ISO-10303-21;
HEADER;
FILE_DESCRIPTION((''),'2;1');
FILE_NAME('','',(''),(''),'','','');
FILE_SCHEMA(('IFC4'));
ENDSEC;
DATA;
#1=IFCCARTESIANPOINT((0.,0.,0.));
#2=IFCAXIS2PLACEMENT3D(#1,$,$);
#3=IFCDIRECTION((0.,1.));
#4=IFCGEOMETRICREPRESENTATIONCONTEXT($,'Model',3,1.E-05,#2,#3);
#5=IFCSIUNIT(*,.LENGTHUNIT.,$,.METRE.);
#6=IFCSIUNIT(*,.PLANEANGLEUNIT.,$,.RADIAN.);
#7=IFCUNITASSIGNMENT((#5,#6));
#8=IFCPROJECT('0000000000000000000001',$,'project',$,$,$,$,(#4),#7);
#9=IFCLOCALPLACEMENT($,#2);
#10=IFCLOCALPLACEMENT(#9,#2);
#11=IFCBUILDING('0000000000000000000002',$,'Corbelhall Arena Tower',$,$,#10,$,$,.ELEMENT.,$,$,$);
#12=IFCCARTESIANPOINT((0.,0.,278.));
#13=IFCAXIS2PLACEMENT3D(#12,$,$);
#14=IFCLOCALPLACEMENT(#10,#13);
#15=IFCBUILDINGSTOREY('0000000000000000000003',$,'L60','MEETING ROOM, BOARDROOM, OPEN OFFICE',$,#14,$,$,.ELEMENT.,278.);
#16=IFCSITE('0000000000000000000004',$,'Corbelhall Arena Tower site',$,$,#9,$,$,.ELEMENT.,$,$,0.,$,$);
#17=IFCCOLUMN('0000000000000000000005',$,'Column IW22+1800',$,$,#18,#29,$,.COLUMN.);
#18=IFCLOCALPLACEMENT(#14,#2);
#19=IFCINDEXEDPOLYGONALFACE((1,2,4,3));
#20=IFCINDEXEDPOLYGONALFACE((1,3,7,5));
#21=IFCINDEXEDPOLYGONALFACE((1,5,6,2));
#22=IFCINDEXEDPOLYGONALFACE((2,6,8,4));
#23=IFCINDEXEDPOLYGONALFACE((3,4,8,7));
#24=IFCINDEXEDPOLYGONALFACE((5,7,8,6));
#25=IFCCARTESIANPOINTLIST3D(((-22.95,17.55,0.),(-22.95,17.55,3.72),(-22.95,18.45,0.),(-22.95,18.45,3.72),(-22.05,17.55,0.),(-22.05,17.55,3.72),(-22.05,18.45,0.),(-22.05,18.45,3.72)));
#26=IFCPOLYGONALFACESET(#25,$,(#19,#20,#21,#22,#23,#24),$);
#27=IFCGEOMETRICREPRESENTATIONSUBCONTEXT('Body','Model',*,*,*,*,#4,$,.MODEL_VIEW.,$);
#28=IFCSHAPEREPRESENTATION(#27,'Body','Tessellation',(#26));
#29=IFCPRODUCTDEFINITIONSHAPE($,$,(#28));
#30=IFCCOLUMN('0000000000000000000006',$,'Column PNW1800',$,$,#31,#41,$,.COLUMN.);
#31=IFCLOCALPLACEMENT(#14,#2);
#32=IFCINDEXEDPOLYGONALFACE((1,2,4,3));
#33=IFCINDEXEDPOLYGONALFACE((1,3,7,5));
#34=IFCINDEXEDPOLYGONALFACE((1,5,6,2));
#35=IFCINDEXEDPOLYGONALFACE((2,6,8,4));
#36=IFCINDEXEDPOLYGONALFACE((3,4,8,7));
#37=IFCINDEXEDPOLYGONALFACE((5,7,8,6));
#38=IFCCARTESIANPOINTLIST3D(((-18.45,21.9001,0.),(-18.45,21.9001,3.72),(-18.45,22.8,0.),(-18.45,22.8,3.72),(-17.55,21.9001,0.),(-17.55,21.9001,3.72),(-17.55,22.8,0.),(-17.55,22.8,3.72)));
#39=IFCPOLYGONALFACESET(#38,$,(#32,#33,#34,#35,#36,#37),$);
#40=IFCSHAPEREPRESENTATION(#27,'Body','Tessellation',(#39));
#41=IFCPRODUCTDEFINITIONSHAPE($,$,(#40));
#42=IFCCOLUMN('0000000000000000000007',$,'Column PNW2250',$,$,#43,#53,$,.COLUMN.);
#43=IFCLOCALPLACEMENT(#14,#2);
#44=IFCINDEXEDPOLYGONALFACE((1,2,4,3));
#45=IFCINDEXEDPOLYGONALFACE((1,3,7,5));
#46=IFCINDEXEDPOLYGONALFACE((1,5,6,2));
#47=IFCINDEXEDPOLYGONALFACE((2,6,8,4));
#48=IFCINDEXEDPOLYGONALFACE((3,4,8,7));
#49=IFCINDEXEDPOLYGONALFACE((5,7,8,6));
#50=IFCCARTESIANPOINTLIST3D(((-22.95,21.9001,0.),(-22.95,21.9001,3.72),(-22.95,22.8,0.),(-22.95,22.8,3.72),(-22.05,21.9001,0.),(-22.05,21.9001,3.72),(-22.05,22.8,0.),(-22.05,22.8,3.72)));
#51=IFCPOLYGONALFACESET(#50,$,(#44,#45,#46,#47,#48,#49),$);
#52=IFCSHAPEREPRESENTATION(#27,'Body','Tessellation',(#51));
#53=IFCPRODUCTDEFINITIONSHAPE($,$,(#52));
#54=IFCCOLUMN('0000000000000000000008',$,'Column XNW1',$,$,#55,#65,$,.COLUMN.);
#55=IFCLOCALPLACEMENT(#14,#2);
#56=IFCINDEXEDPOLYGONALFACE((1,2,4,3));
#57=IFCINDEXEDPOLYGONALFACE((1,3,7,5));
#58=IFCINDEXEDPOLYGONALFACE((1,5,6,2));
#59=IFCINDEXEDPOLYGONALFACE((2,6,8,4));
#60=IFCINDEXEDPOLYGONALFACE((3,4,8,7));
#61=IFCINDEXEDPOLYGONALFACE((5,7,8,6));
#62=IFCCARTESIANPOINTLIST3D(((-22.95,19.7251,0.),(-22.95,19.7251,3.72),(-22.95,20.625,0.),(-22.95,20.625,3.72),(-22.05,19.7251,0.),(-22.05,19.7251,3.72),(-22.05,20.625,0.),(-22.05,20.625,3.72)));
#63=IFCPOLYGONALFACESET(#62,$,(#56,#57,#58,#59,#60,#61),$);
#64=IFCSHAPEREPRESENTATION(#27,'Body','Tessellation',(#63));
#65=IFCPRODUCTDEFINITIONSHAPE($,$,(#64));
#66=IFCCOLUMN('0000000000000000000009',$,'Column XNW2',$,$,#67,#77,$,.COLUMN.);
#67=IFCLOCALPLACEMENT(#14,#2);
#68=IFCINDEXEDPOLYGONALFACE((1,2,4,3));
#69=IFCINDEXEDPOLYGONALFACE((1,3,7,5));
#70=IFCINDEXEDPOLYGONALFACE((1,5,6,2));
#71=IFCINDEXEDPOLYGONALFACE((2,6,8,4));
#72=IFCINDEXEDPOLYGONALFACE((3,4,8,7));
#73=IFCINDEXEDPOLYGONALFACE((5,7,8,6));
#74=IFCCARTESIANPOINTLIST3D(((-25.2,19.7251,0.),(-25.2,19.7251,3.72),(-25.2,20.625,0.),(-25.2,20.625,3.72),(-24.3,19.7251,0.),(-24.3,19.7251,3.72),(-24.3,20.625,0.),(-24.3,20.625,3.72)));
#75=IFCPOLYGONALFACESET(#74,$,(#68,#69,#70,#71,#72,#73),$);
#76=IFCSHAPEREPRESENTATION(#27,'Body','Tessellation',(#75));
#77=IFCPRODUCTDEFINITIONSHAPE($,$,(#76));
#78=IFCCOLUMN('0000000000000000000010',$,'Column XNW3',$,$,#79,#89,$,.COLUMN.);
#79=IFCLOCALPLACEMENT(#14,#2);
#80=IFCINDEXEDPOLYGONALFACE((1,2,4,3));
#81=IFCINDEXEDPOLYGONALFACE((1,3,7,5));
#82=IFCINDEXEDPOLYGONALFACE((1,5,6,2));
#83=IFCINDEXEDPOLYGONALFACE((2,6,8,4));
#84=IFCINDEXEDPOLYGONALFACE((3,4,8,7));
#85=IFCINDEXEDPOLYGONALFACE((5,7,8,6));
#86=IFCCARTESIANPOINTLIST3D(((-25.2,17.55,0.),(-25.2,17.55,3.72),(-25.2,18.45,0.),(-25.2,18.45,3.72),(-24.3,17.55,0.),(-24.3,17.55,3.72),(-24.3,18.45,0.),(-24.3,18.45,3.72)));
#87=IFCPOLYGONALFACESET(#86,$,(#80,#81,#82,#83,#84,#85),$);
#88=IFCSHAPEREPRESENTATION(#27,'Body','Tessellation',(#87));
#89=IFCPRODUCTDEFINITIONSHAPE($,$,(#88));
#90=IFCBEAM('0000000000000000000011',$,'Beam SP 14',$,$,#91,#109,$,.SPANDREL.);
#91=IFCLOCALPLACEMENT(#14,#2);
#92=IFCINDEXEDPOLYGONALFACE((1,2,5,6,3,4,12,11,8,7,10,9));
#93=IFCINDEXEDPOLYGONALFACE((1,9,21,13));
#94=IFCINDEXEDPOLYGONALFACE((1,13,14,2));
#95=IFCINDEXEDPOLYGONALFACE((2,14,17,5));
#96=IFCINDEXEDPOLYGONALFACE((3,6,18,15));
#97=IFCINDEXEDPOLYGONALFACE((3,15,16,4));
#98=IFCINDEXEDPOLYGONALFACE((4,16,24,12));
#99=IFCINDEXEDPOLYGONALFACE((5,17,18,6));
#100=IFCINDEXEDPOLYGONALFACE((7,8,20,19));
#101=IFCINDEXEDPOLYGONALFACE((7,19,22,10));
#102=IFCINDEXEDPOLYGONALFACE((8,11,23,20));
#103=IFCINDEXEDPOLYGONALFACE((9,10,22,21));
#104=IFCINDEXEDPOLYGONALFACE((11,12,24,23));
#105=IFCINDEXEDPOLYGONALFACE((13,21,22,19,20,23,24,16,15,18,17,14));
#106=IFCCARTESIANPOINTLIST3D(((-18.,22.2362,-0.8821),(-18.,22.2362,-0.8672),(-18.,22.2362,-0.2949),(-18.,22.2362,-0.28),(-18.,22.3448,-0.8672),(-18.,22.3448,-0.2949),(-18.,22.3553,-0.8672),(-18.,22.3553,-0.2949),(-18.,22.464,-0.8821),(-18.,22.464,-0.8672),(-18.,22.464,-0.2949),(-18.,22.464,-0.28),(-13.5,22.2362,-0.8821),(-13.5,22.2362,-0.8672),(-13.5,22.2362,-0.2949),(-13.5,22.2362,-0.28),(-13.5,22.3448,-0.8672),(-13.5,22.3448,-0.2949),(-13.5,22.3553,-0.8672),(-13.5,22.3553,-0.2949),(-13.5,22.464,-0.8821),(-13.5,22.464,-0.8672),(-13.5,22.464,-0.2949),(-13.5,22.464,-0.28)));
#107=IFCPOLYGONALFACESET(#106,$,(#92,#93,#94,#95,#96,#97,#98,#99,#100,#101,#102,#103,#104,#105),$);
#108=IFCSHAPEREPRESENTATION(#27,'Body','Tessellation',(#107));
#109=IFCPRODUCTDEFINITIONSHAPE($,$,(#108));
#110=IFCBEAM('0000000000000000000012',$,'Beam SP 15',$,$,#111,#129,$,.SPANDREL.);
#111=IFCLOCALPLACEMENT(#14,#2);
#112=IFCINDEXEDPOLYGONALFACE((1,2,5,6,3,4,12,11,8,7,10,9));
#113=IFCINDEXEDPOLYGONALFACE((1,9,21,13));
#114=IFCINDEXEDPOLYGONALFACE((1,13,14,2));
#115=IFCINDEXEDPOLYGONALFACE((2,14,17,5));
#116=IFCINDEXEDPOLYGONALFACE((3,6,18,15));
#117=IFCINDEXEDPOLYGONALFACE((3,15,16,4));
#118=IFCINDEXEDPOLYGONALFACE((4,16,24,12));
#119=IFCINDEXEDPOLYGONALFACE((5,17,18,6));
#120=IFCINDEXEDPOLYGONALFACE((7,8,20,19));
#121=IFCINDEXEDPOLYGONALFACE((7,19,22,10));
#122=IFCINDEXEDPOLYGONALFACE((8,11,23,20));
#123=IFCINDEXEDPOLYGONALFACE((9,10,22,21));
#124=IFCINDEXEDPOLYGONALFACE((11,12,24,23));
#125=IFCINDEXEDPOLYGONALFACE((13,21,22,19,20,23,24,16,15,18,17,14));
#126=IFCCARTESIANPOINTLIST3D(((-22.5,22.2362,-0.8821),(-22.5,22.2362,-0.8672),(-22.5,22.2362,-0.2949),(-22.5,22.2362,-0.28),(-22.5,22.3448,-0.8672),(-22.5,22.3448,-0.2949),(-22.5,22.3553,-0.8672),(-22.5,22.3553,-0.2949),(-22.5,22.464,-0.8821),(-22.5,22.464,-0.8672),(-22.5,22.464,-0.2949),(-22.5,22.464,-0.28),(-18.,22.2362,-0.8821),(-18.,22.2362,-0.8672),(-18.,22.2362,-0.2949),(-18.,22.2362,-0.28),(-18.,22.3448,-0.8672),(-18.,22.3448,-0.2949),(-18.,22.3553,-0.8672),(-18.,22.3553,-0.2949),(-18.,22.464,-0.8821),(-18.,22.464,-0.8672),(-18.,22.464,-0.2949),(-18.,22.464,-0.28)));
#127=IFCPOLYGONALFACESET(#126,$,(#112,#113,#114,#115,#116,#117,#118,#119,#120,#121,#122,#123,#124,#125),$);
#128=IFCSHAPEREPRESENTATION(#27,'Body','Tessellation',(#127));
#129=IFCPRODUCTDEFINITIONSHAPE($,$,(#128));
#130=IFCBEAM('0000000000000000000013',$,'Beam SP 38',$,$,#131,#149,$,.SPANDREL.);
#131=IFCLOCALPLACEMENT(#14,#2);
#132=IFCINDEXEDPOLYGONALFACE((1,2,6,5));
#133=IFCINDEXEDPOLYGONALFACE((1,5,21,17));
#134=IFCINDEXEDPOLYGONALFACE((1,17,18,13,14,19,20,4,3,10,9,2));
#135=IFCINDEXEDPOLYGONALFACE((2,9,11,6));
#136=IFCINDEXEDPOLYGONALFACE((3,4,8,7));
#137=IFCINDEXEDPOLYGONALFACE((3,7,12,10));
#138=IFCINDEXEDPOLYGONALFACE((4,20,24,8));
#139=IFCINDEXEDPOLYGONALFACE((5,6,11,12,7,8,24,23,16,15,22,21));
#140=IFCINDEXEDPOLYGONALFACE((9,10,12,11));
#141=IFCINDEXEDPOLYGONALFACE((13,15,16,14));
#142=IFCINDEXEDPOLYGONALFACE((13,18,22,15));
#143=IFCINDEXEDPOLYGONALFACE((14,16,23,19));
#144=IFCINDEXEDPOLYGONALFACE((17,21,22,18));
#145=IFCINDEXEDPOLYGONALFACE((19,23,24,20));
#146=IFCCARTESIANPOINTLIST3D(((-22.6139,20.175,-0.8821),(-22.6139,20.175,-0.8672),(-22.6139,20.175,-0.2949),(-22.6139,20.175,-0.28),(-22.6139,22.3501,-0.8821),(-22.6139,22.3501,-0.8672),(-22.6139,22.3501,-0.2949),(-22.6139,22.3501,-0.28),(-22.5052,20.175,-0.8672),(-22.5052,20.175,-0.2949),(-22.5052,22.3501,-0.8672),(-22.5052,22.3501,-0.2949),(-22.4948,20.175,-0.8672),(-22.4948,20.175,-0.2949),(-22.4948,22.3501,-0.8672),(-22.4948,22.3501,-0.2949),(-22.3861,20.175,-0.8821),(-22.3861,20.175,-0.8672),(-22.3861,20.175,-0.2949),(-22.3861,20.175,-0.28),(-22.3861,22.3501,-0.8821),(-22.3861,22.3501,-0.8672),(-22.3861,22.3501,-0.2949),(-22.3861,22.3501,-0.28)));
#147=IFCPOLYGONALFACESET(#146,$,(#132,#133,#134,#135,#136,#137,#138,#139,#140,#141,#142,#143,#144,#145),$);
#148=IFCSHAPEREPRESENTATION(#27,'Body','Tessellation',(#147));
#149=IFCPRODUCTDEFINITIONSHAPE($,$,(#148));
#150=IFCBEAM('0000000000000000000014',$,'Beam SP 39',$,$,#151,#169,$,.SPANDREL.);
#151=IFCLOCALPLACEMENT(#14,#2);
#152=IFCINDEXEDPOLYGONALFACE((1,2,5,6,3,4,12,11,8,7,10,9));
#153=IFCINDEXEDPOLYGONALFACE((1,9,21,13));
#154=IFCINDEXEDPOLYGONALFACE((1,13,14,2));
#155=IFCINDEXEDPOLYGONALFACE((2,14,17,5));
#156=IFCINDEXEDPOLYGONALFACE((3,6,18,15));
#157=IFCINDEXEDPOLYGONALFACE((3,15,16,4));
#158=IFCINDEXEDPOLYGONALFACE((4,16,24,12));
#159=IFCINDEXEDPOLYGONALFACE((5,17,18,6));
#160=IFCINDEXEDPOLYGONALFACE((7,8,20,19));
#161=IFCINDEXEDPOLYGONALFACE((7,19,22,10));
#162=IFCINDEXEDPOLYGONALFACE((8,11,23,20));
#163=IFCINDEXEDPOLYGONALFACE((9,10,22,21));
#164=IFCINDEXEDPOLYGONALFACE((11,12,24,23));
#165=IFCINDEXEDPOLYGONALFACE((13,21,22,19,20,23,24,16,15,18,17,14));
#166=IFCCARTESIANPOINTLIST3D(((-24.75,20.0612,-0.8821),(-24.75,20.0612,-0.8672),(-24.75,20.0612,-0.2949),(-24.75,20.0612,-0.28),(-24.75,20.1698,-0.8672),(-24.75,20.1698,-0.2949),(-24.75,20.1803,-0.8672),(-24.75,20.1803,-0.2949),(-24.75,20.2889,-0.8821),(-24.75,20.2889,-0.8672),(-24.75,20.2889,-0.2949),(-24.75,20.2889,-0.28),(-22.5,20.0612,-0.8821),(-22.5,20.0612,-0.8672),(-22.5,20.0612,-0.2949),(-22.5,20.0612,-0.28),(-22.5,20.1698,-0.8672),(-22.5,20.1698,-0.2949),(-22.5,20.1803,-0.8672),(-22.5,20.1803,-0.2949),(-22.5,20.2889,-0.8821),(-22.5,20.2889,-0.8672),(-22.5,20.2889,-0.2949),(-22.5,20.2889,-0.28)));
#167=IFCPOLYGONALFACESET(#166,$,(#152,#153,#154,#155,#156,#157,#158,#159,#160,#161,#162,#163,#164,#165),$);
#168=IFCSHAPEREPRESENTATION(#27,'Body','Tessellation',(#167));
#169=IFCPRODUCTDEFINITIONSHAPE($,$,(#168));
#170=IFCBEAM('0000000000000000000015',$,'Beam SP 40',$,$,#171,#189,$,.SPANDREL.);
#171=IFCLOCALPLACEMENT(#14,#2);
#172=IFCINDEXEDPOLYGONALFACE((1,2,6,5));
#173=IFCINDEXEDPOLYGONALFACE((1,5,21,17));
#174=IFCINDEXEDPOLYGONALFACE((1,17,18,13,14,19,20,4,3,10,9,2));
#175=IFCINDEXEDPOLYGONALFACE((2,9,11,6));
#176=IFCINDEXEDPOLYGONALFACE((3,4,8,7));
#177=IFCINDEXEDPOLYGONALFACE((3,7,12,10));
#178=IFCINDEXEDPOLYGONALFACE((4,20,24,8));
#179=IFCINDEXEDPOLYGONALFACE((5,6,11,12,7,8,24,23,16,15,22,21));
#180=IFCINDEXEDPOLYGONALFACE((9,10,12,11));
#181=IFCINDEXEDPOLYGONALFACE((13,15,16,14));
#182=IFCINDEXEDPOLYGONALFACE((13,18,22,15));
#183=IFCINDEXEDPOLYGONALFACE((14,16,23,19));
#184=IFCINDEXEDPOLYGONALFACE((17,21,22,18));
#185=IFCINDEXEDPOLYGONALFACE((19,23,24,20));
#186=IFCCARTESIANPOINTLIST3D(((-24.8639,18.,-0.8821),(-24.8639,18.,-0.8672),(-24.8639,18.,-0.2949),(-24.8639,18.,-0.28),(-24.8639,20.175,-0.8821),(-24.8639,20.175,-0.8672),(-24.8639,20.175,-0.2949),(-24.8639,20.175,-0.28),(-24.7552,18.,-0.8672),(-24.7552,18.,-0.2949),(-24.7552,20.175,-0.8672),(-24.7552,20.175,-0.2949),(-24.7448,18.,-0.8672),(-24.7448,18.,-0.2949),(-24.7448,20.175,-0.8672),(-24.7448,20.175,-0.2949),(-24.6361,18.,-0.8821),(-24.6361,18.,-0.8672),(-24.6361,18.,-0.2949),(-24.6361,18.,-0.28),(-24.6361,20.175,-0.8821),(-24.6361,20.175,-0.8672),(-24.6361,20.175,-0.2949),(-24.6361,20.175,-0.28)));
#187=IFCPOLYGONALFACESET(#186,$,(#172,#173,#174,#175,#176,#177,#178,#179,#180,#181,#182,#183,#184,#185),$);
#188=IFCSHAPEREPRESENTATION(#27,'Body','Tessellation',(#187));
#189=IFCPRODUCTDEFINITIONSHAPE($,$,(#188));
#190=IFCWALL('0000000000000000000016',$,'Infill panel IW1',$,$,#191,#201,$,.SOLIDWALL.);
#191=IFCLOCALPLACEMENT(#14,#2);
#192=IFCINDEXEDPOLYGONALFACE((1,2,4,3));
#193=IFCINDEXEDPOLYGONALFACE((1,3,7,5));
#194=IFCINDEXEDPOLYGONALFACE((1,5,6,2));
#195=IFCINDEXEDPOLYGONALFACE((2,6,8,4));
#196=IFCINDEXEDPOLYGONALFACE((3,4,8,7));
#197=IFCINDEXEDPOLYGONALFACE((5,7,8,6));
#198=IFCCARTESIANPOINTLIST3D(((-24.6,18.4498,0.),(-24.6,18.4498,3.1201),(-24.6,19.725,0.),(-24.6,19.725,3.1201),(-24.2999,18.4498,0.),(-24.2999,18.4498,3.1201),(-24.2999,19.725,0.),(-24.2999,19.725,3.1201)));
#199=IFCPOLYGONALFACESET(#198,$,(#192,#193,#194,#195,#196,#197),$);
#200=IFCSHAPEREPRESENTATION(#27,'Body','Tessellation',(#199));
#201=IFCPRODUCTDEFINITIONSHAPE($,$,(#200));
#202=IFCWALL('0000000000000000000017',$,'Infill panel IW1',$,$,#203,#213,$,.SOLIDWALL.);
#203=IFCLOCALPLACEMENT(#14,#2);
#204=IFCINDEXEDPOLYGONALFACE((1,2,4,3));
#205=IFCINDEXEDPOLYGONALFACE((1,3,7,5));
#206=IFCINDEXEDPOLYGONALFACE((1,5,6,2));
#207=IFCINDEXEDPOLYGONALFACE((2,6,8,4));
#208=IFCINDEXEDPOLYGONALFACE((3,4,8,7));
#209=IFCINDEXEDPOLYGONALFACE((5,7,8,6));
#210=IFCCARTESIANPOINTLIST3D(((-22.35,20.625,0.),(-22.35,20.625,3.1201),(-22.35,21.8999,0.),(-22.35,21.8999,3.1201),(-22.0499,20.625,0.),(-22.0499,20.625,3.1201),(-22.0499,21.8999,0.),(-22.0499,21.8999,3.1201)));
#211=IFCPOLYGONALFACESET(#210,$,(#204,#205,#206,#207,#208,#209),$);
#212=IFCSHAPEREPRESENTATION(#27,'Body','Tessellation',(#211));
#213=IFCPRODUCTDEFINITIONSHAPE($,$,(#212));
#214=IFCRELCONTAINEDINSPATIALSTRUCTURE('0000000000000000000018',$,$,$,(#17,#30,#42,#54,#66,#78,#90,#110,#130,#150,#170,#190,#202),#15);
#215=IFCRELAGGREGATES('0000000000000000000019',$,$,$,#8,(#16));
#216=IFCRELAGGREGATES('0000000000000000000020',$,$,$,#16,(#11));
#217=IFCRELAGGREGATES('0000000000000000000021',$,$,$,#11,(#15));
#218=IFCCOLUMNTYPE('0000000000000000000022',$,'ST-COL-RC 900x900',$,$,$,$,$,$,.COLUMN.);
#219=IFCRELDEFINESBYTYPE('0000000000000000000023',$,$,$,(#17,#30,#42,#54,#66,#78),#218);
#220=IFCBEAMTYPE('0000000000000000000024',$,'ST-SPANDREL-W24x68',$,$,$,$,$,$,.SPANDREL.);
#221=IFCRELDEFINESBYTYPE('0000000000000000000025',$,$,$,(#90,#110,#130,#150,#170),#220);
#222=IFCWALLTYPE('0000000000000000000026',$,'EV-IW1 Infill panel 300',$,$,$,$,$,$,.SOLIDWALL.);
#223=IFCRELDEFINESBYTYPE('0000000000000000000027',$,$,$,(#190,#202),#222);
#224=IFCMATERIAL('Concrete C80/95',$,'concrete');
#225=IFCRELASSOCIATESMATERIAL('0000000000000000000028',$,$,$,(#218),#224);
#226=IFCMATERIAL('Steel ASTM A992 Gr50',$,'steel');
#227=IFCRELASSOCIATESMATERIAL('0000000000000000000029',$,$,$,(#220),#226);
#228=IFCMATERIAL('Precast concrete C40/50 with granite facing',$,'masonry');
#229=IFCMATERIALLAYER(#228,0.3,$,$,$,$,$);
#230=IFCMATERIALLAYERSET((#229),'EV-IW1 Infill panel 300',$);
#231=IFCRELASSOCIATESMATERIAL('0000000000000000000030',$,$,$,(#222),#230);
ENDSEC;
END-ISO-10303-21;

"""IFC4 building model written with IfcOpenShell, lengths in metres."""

from ifc_helpers import new_model, si_unit, direction, frame, frame_2d, origin, origin_2d, place, context, subcontext, project, spatial, rectangle, i_section, extrude, material, layer, layer_set, material_profile, profile_set, type_object, element, save


model = new_model("IFC4")

# Units and contexts
model_context = context("Model", 3, precision=1e-05, world=origin(), true_north=direction((0.0, 1.0)))
body_context = subcontext(model_context, "Body", "Model", "MODEL_VIEW")
ifc_project = project(units=[si_unit("LENGTHUNIT", "METRE"), si_unit("PLANEANGLEUNIT", "RADIAN")], contexts=[model_context])

# Site, building, storey
site_placement = place(None, origin())
site = spatial("IfcSite", under=ifc_project, at=site_placement, Name="Corbelhall Arena Tower site", CompositionType="ELEMENT", RefElevation=0.0)
building_placement = place(site_placement, origin())
building = spatial("IfcBuilding", under=site, at=building_placement, Name="Corbelhall Arena Tower", CompositionType="ELEMENT")
storey_placement = place(building_placement, frame((0.0, 0.0, 278.0)))
storey = spatial("IfcBuildingStorey", under=building, at=storey_placement, Name="L60", Description="MEETING ROOM, BOARDROOM, OPEN OFFICE", CompositionType="ELEMENT", Elevation=278.0)

# Columns
ifc_material_1 = material(Name="Concrete C80/95", Category="concrete")
ifc_material_profile_1 = material_profile(ifc_material_1, rectangle(XDim=0.8999, YDim=0.8999, at=origin_2d()))
ifc_profile_set_1 = profile_set([ifc_material_profile_1], Name="Concrete C80/95")
column_type = type_object("IfcColumnType", Name="ST-COL-RC 900x900", PredefinedType="COLUMN", material=ifc_profile_set_1)
for number, where, z_axis, x_axis, name in (
    (1, (-22.5, 18.0, 0.0), (0.0, 0.0, 1.0), (1.0, 0.0, 0.0), "Column IW22+1800"),
    (2, (-18.0, 22.3501, 0.0), (0.0, 0.0, 1.0), (1.0, 0.0, 0.0), "Column PNW1800"),
    (3, (-22.5, 22.3501, 0.0), (0.0, 0.0, 1.0), (1.0, 0.0, 0.0), "Column PNW2250"),
    (4, (-22.5, 20.175, 0.0), (0.0, 0.0, 1.0), (1.0, 0.0, 0.0), "Column XNW1"),
    (5, (-24.75, 20.175, 0.0), (0.0, 0.0, 1.0), (1.0, 0.0, 0.0), "Column XNW2"),
    (6, (-24.75, 18.0, 0.0), (0.0, 0.0, 1.0), (1.0, 0.0, 0.0), "Column XNW3"),
):
    element("IfcColumn", number, at=place(storey_placement, frame(where, z_axis=z_axis, x_axis=x_axis)), inside=storey, type_object=column_type, Name=name, PredefinedType="COLUMN", context=body_context, shape_type="SweptSolid", body=[
        extrude(rectangle(XDim=0.8999, YDim=0.8999, at=origin_2d()), origin(), (0.0, 0.0, 1.0), 3.72),
    ])

# Beams
ifc_material_2 = material(Name="Steel ASTM A992 Gr50", Category="steel")
ifc_material_profile_2 = material_profile(ifc_material_2, i_section(OverallWidth=0.2278, OverallDepth=0.6021, WebThickness=0.0105, FlangeThickness=0.0149, at=origin_2d()))
ifc_profile_set_2 = profile_set([ifc_material_profile_2], Name="Steel ASTM A992 Gr50")
beam_type = type_object("IfcBeamType", Name="ST-SPANDREL-W24x68", PredefinedType="SPANDREL", material=ifc_profile_set_2)
for number, where, z_axis, x_axis, name in (
    (7, (-18.0, 22.3501, -0.5811), (1.0, 0.0, 0.0), (0.0, 1.0, 0.0), "Beam SP 14"),
    (8, (-22.5, 22.3501, -0.5811), (1.0, 0.0, 0.0), (0.0, 1.0, 0.0), "Beam SP 15"),
):
    element("IfcBeam", number, at=place(storey_placement, frame(where, z_axis=z_axis, x_axis=x_axis)), inside=storey, type_object=beam_type, Name=name, PredefinedType="SPANDREL", context=body_context, shape_type="SweptSolid", body=[
        extrude(i_section(OverallWidth=0.2278, OverallDepth=0.6021, WebThickness=0.0105, FlangeThickness=0.0149, at=origin_2d()), origin(), (0.0, 0.0, 1.0), 4.5),
    ])
beam_1_placement = place(storey_placement, frame((-22.5, 20.175, -0.5811), z_axis=(0.0, 1.0, 0.0), x_axis=(-1.0, 0.0, 0.0)))
element("IfcBeam", 9, at=beam_1_placement, inside=storey, type_object=beam_type, Name="Beam SP 38", PredefinedType="SPANDREL", context=body_context, shape_type="SweptSolid", body=[
    extrude(i_section(OverallWidth=0.2278, OverallDepth=0.6021, WebThickness=0.0105, FlangeThickness=0.0149, at=origin_2d()), origin(), (0.0, 0.0, 1.0), 2.175),
])
beam_2_placement = place(storey_placement, frame((-24.75, 20.175, -0.5811), z_axis=(1.0, 0.0, 0.0), x_axis=(0.0, 1.0, 0.0)))
element("IfcBeam", 10, at=beam_2_placement, inside=storey, type_object=beam_type, Name="Beam SP 39", PredefinedType="SPANDREL", context=body_context, shape_type="SweptSolid", body=[
    extrude(i_section(OverallWidth=0.2278, OverallDepth=0.6021, WebThickness=0.0105, FlangeThickness=0.0149, at=origin_2d()), origin(), (0.0, 0.0, 1.0), 2.25),
])
beam_3_placement = place(storey_placement, frame((-24.75, 18.0, -0.5811), z_axis=(0.0, 1.0, 0.0), x_axis=(-1.0, 0.0, 0.0)))
element("IfcBeam", 11, at=beam_3_placement, inside=storey, type_object=beam_type, Name="Beam SP 40", PredefinedType="SPANDREL", context=body_context, shape_type="SweptSolid", body=[
    extrude(i_section(OverallWidth=0.2278, OverallDepth=0.6021, WebThickness=0.0105, FlangeThickness=0.0149, at=origin_2d()), origin(), (0.0, 0.0, 1.0), 2.175),
])

# Wall
ifc_material_3 = material(Name="Precast concrete C40/50 with granite facing", Category="masonry")
ifc_layer_1 = layer(ifc_material_3, 0.3)
ifc_layer_set_1 = layer_set([ifc_layer_1], Name="EV-IW1 Infill panel 300")
wall_type_1 = type_object("IfcWallType", Name="EV-IW1 Infill panel 300", PredefinedType="SOLIDWALL", material=ifc_layer_set_1)
wall_1_placement = place(storey_placement, frame((-24.45, 19.7251, 0.0), z_axis=(0.0, 0.0, 1.0), x_axis=(0.0, -1.0, 0.0)))
element("IfcWall", 12, at=wall_1_placement, inside=storey, type_object=wall_type_1, Name="Infill panel IW1", PredefinedType="SOLIDWALL", context=body_context, shape_type="SweptSolid", body=[
    extrude(rectangle(XDim=1.2751, YDim=0.3, at=frame_2d((0.6377, 0.0))), origin(), (0.0, 0.0, 1.0), 3.1201),
])

# Wall
wall_2_placement = place(storey_placement, frame((-22.2, 21.8999, 0.0), z_axis=(0.0, 0.0, 1.0), x_axis=(0.0, -1.0, 0.0)))
element("IfcWall", 13, at=wall_2_placement, inside=storey, type_object=wall_type_1, Name="Infill panel IW1", PredefinedType="SOLIDWALL", context=body_context, shape_type="SweptSolid", body=[
    extrude(rectangle(XDim=1.2749, YDim=0.3, at=frame_2d((0.6375, 0.0))), origin(), (0.0, 0.0, 1.0), 3.1201),
])

save(model, "model.ifc")
